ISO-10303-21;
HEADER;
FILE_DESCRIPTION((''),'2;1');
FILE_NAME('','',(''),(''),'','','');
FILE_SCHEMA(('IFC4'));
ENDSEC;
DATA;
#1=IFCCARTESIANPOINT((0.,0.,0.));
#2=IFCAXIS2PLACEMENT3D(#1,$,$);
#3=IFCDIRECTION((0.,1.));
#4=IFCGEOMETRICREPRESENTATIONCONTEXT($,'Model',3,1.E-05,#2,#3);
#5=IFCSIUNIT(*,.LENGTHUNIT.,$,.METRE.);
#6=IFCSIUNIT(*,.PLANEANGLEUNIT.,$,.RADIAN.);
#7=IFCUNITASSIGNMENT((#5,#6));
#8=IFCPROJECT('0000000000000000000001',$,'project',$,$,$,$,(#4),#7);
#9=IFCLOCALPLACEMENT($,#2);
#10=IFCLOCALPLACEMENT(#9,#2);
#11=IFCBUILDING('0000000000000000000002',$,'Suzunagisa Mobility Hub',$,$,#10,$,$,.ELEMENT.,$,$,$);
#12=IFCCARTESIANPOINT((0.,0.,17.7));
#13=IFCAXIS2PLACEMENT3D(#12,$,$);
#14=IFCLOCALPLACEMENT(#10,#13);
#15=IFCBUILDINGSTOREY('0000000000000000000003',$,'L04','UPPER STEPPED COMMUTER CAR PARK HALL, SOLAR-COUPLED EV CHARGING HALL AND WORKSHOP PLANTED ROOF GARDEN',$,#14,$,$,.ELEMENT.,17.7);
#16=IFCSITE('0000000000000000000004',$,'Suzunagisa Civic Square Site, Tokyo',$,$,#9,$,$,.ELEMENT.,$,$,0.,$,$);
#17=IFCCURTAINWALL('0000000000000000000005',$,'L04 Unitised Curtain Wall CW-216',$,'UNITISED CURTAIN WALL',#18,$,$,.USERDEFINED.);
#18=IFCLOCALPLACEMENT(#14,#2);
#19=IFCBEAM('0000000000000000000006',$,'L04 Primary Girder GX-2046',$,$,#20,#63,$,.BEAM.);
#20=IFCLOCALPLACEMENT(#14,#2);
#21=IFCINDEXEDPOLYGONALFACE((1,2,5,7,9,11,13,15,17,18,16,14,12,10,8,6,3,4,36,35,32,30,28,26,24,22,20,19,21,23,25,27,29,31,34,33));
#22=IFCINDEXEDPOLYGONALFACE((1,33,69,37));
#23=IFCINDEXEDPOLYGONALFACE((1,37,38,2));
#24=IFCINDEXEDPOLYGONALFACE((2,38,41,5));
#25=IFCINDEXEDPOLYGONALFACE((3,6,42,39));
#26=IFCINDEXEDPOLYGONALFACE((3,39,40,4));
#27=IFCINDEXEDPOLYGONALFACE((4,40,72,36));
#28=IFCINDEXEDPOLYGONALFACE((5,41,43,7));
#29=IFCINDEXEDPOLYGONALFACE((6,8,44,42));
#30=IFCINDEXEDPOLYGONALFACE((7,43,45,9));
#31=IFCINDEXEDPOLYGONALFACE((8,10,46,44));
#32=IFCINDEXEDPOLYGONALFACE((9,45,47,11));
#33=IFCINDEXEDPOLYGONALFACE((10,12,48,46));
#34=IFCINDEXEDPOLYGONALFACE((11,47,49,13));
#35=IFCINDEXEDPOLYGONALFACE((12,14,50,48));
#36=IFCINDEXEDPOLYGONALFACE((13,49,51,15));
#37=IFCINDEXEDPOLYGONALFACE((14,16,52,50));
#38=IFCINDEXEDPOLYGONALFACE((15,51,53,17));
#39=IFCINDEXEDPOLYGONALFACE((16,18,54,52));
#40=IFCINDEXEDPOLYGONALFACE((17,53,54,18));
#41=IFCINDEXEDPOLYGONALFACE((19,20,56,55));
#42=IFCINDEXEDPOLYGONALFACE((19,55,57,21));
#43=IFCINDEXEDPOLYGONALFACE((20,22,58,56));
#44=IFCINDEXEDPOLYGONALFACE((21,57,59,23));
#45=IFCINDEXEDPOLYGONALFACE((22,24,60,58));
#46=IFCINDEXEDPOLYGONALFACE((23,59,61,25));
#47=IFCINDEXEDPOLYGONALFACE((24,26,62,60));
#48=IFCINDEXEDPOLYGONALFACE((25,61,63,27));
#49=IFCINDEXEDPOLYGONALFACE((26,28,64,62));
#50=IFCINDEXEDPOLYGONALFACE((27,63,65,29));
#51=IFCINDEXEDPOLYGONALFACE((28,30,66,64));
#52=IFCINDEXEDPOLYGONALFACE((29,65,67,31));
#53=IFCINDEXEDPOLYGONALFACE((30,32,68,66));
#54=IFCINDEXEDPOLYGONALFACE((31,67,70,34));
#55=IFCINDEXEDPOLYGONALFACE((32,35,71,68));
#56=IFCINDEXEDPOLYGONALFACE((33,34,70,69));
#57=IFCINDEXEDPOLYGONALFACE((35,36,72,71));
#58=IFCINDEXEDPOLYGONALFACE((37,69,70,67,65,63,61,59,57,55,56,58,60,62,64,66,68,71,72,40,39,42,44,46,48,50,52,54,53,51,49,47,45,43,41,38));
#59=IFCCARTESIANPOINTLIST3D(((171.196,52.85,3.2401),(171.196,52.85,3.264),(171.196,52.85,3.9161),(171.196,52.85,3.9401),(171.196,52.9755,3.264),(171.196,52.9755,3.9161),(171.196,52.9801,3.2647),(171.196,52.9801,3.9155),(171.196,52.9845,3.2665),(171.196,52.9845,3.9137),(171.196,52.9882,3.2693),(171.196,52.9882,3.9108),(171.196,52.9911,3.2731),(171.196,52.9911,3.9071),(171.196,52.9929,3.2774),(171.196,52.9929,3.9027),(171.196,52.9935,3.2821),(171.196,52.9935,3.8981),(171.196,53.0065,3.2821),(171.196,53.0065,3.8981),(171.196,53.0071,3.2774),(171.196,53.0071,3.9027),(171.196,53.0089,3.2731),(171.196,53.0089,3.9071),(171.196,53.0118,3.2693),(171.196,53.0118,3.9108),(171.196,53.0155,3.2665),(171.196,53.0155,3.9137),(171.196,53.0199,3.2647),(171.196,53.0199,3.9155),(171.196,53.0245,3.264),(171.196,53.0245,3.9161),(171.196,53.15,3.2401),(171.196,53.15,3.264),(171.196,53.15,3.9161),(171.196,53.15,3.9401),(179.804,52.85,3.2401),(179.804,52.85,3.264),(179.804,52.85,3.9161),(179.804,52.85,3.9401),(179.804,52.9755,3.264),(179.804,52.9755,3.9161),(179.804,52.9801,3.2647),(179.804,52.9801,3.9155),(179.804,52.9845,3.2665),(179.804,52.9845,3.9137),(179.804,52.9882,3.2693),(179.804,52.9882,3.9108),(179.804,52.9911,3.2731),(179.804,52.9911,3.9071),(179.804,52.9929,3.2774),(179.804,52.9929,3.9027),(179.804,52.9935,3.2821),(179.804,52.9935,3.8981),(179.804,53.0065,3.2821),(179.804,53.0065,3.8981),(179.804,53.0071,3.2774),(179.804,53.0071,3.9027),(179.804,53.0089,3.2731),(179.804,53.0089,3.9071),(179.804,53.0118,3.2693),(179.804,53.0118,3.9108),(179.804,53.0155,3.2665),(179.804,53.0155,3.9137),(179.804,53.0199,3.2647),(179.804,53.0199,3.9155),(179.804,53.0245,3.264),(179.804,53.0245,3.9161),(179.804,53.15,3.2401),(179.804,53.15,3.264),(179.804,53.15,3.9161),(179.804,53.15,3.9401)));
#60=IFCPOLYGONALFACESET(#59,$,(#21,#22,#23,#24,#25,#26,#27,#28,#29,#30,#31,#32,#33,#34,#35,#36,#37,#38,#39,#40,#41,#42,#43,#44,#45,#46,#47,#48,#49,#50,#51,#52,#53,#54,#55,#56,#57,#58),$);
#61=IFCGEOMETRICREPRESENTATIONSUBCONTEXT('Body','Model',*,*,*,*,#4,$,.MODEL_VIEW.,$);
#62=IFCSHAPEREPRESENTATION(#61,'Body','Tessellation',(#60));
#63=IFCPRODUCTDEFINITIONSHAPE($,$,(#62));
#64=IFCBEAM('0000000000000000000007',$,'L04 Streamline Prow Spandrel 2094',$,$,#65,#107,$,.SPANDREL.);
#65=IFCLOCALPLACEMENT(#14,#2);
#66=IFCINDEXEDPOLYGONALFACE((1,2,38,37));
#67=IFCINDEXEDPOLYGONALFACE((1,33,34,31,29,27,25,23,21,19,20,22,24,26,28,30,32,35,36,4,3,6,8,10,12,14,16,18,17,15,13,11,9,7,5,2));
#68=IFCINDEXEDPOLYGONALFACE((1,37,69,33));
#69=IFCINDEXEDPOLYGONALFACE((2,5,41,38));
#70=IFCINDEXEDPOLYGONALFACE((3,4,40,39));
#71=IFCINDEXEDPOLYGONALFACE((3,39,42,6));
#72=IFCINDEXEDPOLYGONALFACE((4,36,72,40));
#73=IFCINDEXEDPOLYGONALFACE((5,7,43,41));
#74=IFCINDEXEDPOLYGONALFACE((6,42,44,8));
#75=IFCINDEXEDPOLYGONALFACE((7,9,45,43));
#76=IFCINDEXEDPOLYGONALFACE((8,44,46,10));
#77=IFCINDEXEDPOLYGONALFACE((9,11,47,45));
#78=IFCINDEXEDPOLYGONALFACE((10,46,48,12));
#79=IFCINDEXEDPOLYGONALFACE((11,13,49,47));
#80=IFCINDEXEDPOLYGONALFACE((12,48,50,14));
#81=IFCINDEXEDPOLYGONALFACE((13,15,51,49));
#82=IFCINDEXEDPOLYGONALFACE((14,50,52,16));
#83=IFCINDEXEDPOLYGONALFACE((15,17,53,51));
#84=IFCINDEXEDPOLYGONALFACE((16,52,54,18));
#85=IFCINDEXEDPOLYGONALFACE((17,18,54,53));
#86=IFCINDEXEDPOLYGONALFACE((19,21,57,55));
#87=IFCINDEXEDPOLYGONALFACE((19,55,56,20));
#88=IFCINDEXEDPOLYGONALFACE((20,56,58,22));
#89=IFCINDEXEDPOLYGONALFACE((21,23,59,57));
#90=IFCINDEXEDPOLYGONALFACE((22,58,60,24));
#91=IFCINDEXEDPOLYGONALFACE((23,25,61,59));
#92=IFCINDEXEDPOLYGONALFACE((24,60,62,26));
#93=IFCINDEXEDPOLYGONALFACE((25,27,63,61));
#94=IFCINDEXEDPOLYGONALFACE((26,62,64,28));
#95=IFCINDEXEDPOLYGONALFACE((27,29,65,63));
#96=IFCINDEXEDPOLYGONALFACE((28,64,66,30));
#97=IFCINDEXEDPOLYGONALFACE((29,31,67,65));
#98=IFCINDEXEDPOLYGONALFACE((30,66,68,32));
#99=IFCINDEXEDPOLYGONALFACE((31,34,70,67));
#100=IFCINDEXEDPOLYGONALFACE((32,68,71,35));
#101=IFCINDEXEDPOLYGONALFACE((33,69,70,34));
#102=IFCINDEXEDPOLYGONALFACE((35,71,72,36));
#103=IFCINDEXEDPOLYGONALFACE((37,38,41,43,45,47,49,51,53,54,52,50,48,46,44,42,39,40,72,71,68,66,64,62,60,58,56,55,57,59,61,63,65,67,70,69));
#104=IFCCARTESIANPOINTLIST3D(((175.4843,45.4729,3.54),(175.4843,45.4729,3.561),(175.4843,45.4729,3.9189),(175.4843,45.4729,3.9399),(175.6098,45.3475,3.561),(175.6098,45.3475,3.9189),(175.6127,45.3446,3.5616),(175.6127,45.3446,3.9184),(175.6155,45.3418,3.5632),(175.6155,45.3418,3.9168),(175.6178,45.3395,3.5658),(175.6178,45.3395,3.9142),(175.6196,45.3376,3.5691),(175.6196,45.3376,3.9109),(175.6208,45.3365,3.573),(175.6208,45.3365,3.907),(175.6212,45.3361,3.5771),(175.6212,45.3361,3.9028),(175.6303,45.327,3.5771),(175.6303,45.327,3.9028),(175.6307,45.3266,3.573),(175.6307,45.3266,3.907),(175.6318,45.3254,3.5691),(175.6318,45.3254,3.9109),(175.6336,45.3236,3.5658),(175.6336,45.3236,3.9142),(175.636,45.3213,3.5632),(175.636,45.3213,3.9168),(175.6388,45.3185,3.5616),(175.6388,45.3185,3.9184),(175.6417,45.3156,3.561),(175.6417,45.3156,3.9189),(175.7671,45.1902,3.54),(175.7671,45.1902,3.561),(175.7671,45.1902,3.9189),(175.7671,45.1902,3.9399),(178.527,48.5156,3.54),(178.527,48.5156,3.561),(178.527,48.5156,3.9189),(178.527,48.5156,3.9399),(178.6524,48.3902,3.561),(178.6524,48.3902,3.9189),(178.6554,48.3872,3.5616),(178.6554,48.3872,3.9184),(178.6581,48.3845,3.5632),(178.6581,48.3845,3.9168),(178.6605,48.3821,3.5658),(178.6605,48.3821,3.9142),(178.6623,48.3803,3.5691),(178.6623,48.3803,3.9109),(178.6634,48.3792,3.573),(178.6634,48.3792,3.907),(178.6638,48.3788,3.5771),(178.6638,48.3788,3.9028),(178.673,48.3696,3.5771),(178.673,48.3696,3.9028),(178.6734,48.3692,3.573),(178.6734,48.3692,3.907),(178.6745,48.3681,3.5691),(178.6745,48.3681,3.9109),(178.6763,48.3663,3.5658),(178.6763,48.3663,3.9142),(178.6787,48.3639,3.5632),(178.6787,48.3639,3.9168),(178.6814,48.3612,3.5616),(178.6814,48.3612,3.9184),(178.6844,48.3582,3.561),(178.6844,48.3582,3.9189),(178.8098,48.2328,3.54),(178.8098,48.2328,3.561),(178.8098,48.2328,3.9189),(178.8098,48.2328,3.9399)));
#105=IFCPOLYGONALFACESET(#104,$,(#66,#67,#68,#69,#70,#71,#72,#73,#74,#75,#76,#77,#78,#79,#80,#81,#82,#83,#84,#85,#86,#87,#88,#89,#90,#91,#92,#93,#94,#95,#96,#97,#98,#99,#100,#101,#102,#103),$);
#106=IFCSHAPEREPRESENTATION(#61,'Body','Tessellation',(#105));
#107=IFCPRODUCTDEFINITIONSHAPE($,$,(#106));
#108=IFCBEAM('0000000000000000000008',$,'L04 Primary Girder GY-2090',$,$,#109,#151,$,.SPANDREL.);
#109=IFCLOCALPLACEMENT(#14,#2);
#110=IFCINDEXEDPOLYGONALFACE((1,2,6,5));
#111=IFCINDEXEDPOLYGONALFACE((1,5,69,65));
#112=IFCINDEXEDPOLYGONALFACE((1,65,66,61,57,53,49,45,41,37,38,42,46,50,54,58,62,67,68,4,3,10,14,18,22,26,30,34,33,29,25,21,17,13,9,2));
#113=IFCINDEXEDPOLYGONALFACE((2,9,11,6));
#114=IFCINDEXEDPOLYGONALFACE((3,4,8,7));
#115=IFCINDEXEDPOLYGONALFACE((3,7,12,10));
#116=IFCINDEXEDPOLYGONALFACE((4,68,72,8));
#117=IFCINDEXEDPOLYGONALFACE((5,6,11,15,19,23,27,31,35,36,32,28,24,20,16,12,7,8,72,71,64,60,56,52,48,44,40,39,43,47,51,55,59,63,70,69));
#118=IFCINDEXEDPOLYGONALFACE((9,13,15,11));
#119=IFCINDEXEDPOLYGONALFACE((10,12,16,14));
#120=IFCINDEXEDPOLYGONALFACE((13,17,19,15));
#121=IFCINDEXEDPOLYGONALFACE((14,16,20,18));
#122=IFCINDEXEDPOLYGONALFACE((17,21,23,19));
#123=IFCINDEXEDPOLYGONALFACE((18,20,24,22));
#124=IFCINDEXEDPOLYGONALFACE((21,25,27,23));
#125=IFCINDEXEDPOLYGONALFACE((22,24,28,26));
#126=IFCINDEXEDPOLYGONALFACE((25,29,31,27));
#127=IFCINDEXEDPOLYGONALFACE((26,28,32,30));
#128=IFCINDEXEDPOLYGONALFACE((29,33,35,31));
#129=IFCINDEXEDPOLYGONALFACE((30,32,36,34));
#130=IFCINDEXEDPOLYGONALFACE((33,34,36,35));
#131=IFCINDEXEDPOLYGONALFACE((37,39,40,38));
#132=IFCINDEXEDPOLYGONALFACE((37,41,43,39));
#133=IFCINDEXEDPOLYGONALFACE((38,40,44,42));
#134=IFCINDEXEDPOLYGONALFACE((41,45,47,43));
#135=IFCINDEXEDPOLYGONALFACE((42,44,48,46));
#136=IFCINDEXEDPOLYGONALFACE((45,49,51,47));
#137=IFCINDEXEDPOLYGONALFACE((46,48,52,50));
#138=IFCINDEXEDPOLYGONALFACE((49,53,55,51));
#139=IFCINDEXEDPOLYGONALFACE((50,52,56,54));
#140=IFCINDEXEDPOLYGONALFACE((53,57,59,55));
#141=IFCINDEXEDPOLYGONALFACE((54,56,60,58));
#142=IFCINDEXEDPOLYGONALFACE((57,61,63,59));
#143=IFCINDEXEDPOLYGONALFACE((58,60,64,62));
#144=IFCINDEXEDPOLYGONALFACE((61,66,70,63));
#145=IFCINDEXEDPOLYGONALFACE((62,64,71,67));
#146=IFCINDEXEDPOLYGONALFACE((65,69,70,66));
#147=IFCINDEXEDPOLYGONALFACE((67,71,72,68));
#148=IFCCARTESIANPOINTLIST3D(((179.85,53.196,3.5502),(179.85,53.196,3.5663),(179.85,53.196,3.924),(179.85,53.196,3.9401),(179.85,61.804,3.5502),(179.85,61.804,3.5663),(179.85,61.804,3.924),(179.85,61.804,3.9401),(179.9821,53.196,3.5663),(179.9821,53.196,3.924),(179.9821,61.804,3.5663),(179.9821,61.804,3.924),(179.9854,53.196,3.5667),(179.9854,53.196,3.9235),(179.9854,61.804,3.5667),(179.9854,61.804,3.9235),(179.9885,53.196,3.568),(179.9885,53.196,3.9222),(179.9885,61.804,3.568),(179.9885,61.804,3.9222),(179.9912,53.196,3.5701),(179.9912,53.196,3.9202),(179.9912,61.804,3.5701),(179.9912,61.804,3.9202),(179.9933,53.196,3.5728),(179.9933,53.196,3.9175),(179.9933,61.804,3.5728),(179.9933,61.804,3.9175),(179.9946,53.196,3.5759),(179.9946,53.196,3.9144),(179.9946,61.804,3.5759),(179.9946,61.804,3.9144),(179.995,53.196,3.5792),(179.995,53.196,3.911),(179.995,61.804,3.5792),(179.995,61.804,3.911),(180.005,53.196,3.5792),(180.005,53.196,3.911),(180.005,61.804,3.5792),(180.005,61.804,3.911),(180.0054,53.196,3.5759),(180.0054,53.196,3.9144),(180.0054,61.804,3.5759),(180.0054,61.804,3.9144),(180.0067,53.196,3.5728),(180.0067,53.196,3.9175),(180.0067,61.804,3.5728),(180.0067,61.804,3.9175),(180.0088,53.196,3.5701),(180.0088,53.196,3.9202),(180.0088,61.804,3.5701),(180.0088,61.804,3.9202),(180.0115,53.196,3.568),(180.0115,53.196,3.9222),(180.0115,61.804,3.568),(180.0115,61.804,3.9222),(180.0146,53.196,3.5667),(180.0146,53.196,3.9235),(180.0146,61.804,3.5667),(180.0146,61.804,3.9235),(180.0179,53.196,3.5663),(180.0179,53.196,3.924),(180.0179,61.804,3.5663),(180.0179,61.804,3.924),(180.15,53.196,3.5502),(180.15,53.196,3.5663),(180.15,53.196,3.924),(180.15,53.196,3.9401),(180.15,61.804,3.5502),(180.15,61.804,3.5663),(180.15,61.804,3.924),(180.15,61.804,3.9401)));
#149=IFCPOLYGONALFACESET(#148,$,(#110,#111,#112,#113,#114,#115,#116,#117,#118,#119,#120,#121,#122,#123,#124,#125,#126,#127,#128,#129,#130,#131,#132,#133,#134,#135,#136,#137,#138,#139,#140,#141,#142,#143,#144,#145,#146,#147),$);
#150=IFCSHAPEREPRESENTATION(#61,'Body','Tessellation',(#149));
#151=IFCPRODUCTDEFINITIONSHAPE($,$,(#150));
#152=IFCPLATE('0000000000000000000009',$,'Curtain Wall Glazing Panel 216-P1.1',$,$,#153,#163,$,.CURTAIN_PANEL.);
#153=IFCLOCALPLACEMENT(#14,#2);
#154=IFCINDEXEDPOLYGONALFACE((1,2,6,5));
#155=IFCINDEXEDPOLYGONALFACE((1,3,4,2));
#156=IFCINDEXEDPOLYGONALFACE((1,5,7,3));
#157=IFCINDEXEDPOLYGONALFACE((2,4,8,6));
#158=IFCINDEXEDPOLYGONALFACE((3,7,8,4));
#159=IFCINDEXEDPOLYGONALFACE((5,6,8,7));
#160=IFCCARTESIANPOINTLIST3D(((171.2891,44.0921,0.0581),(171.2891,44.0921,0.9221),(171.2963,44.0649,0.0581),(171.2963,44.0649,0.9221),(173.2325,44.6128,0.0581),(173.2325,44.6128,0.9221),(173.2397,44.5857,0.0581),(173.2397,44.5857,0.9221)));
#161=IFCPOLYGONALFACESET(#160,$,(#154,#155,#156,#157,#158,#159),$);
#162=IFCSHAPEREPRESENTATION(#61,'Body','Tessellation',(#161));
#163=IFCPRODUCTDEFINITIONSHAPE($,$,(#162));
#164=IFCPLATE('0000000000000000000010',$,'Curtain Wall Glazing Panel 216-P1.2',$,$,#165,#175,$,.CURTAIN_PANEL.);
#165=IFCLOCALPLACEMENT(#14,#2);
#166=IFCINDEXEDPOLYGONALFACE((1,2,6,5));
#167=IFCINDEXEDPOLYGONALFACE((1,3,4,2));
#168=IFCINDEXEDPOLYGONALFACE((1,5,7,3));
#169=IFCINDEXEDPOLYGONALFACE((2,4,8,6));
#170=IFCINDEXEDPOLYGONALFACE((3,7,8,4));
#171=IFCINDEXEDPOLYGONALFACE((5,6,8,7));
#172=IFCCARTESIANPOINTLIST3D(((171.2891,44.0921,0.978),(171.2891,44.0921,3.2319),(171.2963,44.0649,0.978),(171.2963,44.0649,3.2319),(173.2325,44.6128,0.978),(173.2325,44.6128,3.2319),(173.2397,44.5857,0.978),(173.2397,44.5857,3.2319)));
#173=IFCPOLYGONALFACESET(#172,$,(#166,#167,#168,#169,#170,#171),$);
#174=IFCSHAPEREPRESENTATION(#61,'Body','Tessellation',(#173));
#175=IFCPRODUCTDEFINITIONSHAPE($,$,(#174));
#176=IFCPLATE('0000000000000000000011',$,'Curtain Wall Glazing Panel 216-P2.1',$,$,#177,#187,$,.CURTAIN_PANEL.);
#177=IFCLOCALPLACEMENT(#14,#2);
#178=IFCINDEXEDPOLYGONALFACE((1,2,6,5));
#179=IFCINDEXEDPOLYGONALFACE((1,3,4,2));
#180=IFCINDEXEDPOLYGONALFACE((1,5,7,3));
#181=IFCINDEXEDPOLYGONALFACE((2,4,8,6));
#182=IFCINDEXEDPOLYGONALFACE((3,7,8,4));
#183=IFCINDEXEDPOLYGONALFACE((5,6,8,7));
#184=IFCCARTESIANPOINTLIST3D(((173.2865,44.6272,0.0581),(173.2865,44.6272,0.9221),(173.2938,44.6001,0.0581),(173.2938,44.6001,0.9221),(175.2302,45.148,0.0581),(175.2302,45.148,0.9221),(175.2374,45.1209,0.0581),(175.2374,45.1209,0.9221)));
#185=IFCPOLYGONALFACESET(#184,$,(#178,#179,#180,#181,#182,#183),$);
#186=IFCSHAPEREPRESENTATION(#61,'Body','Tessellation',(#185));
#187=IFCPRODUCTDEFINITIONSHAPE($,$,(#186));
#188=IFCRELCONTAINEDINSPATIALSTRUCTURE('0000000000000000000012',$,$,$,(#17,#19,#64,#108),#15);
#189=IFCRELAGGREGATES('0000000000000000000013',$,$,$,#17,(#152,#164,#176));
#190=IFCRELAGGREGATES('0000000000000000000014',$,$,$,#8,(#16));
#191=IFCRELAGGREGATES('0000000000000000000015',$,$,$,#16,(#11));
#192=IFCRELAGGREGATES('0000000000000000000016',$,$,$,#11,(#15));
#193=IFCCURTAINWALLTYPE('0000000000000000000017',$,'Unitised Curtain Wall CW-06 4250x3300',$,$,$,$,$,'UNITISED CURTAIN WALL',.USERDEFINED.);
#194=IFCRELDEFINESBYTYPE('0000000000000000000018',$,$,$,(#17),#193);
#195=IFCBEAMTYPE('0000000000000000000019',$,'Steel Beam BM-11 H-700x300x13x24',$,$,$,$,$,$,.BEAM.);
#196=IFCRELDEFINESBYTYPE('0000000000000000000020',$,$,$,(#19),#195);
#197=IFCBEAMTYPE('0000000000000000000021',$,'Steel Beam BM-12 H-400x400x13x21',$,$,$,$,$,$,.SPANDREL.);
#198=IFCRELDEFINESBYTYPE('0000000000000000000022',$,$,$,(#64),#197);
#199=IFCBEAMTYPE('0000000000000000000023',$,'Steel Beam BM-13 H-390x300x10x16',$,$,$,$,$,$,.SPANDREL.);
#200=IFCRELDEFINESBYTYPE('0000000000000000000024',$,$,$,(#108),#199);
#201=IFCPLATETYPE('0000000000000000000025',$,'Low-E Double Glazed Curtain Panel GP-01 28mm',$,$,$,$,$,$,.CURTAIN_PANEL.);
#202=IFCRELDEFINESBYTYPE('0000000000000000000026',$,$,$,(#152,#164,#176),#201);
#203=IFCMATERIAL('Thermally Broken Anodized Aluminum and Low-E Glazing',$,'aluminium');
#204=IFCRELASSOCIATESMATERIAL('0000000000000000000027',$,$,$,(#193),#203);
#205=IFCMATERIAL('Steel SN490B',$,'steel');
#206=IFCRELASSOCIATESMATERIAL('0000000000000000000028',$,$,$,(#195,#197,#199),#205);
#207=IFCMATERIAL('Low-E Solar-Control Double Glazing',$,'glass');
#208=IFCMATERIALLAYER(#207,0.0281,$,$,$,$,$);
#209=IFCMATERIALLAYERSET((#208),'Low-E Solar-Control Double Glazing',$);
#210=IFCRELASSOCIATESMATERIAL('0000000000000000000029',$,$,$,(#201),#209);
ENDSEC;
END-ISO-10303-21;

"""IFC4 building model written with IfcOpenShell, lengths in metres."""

from ifc_helpers import new_model, si_unit, direction, frame, origin, origin_2d, place, context, subcontext, project, spatial, rectangle, i_section, extrude, material, layer, layer_set, material_profile, profile_set, type_object, element, aggregate, save


model = new_model("IFC4")

# Units and contexts
model_context = context("Model", 3, precision=1e-05, world=origin(), true_north=direction((0.0, 1.0)))
body_context = subcontext(model_context, "Body", "Model", "MODEL_VIEW")
ifc_project = project(units=[si_unit("LENGTHUNIT", "METRE"), si_unit("PLANEANGLEUNIT", "RADIAN")], contexts=[model_context])

# Site, building, storey
site_placement = place(None, origin())
site = spatial("IfcSite", under=ifc_project, at=site_placement, Name="Suzunagisa Civic Square Site, Tokyo", CompositionType="ELEMENT", RefElevation=0.0)
building_placement = place(site_placement, origin())
building = spatial("IfcBuilding", under=site, at=building_placement, Name="Suzunagisa Mobility Hub", CompositionType="ELEMENT")
storey_placement = place(building_placement, frame((0.0, 0.0, 17.7)))
storey = spatial("IfcBuildingStorey", under=building, at=storey_placement, Name="L04", Description="UPPER STEPPED COMMUTER CAR PARK HALL, SOLAR-COUPLED EV CHARGING HALL AND WORKSHOP PLANTED ROOF GARDEN", CompositionType="ELEMENT", Elevation=17.7)

# Shared definitions
ifc_material_1 = material(Name="Steel SN490B", Category="steel")

# Curtain wall
ifc_material_2 = material(Name="Thermally Broken Anodized Aluminum and Low-E Glazing", Category="aluminium")
curtain_wall_type = type_object("IfcCurtainWallType", Name="Unitised Curtain Wall CW-06 4250x3300", ElementType="UNITISED CURTAIN WALL", PredefinedType="USERDEFINED", material=ifc_material_2)
curtain_wall_placement = place(storey_placement, origin())
curtain_wall = element("IfcCurtainWall", 1, at=curtain_wall_placement, inside=storey, type_object=curtain_wall_type, Name="L04 Unitised Curtain Wall CW-216", ObjectType="UNITISED CURTAIN WALL", PredefinedType="USERDEFINED")

# Beams
ifc_material_profile_1 = material_profile(ifc_material_1, i_section(OverallWidth=0.3, OverallDepth=0.7, WebThickness=0.0129, FlangeThickness=0.0239, FilletRadius=0.0181, at=origin_2d()), Name="H-700x300x13x24")
ifc_profile_set_1 = profile_set([ifc_material_profile_1], Name="Steel SN490B")
beam_type_1 = type_object("IfcBeamType", Name="Steel Beam BM-11 H-700x300x13x24", PredefinedType="BEAM", material=ifc_profile_set_1)
beam_1_placement = place(storey_placement, frame((171.196, 53.0, 3.5901), z_axis=(1.0, 0.0, 0.0), x_axis=(0.0, 1.0, 0.0)))
element("IfcBeam", 2, at=beam_1_placement, inside=storey, type_object=beam_type_1, Name="L04 Primary Girder GX-2046", PredefinedType="BEAM", context=body_context, shape_type="SweptSolid", body=[
    extrude(i_section(OverallWidth=0.3, OverallDepth=0.7, WebThickness=0.0129, FlangeThickness=0.0239, FilletRadius=0.0181, at=origin_2d()), origin(), (0.0, 0.0, 1.0), 8.6079),
])
ifc_material_profile_2 = material_profile(ifc_material_1, i_section(OverallWidth=0.3999, OverallDepth=0.3999, WebThickness=0.0129, FlangeThickness=0.021, FilletRadius=0.0161, at=origin_2d()), Name="H-400x400x13x21")
ifc_profile_set_2 = profile_set([ifc_material_profile_2], Name="Steel SN490B")
beam_type_2 = type_object("IfcBeamType", Name="Steel Beam BM-12 H-400x400x13x21", PredefinedType="SPANDREL", material=ifc_profile_set_2)
beam_2_placement = place(storey_placement, frame((175.6257, 45.3315, 3.74), z_axis=(0.707107, 0.707107, 0.0), x_axis=(-0.707107, 0.707107, 0.0)))
element("IfcBeam", 3, at=beam_2_placement, inside=storey, type_object=beam_type_2, Name="L04 Streamline Prow Spandrel 2094", PredefinedType="SPANDREL", context=body_context, shape_type="SweptSolid", body=[
    extrude(i_section(OverallWidth=0.3999, OverallDepth=0.3999, WebThickness=0.0129, FlangeThickness=0.021, FilletRadius=0.0161, at=origin_2d()), origin(), (0.0, 0.0, 1.0), 4.303),
])
ifc_material_profile_3 = material_profile(ifc_material_1, i_section(OverallWidth=0.3, OverallDepth=0.3899, WebThickness=0.01, FlangeThickness=0.0161, FilletRadius=0.0129, at=origin_2d()), Name="H-390x300x10x16")
ifc_profile_set_3 = profile_set([ifc_material_profile_3], Name="Steel SN490B")
beam_type_3 = type_object("IfcBeamType", Name="Steel Beam BM-13 H-390x300x10x16", PredefinedType="SPANDREL", material=ifc_profile_set_3)
beam_3_placement = place(storey_placement, frame((180.0, 53.196, 3.7451), z_axis=(0.0, 1.0, 0.0), x_axis=(-1.0, 0.0, 0.0)))
element("IfcBeam", 4, at=beam_3_placement, inside=storey, type_object=beam_type_3, Name="L04 Primary Girder GY-2090", PredefinedType="SPANDREL", context=body_context, shape_type="SweptSolid", body=[
    extrude(i_section(OverallWidth=0.3, OverallDepth=0.3899, WebThickness=0.01, FlangeThickness=0.0161, FilletRadius=0.0129, at=origin_2d()), origin(), (0.0, 0.0, 1.0), 8.6079),
])

# Plates
ifc_material_3 = material(Name="Low-E Solar-Control Double Glazing", Category="glass")
ifc_layer_1 = layer(ifc_material_3, 0.0281)
ifc_layer_set_1 = layer_set([ifc_layer_1], Name="Low-E Solar-Control Double Glazing")
plate_type = type_object("IfcPlateType", Name="Low-E Double Glazed Curtain Panel GP-01 28mm", PredefinedType="CURTAIN_PANEL", material=ifc_layer_set_1)
plate_1_placement = place(storey_placement, frame((172.2644, 44.3389, 0.0581), z_axis=(0.0, 0.0, 1.0), x_axis=(0.965927, 0.258814, 0.0)))
plate_1 = element("IfcPlate", 5, at=plate_1_placement, type_object=plate_type, Name="Curtain Wall Glazing Panel 216-P1.1", PredefinedType="CURTAIN_PANEL", context=body_context, shape_type="SweptSolid", body=[
    extrude(rectangle(XDim=2.012, YDim=0.0281, at=origin_2d()), origin(), (0.0, 0.0, 1.0), 0.864),
])
plate_2_placement = place(storey_placement, frame((172.2644, 44.3389, 0.978), z_axis=(0.0, 0.0, 1.0), x_axis=(0.965927, 0.258814, 0.0)))
plate_2 = element("IfcPlate", 6, at=plate_2_placement, type_object=plate_type, Name="Curtain Wall Glazing Panel 216-P1.2", PredefinedType="CURTAIN_PANEL", context=body_context, shape_type="SweptSolid", body=[
    extrude(rectangle(XDim=2.012, YDim=0.0281, at=origin_2d()), origin(), (0.0, 0.0, 1.0), 2.2539),
])
plate_3_placement = place(storey_placement, frame((174.262, 44.874, 0.0581), z_axis=(0.0, 0.0, 1.0), x_axis=(0.965927, 0.258814, 0.0)))
plate_3 = element("IfcPlate", 7, at=plate_3_placement, type_object=plate_type, Name="Curtain Wall Glazing Panel 216-P2.1", PredefinedType="CURTAIN_PANEL", context=body_context, shape_type="SweptSolid", body=[
    extrude(rectangle(XDim=2.0122, YDim=0.0281, at=origin_2d()), origin(), (0.0, 0.0, 1.0), 0.864),
])
aggregate(curtain_wall, [plate_1, plate_2, plate_3])

save(model, "model.ifc")
